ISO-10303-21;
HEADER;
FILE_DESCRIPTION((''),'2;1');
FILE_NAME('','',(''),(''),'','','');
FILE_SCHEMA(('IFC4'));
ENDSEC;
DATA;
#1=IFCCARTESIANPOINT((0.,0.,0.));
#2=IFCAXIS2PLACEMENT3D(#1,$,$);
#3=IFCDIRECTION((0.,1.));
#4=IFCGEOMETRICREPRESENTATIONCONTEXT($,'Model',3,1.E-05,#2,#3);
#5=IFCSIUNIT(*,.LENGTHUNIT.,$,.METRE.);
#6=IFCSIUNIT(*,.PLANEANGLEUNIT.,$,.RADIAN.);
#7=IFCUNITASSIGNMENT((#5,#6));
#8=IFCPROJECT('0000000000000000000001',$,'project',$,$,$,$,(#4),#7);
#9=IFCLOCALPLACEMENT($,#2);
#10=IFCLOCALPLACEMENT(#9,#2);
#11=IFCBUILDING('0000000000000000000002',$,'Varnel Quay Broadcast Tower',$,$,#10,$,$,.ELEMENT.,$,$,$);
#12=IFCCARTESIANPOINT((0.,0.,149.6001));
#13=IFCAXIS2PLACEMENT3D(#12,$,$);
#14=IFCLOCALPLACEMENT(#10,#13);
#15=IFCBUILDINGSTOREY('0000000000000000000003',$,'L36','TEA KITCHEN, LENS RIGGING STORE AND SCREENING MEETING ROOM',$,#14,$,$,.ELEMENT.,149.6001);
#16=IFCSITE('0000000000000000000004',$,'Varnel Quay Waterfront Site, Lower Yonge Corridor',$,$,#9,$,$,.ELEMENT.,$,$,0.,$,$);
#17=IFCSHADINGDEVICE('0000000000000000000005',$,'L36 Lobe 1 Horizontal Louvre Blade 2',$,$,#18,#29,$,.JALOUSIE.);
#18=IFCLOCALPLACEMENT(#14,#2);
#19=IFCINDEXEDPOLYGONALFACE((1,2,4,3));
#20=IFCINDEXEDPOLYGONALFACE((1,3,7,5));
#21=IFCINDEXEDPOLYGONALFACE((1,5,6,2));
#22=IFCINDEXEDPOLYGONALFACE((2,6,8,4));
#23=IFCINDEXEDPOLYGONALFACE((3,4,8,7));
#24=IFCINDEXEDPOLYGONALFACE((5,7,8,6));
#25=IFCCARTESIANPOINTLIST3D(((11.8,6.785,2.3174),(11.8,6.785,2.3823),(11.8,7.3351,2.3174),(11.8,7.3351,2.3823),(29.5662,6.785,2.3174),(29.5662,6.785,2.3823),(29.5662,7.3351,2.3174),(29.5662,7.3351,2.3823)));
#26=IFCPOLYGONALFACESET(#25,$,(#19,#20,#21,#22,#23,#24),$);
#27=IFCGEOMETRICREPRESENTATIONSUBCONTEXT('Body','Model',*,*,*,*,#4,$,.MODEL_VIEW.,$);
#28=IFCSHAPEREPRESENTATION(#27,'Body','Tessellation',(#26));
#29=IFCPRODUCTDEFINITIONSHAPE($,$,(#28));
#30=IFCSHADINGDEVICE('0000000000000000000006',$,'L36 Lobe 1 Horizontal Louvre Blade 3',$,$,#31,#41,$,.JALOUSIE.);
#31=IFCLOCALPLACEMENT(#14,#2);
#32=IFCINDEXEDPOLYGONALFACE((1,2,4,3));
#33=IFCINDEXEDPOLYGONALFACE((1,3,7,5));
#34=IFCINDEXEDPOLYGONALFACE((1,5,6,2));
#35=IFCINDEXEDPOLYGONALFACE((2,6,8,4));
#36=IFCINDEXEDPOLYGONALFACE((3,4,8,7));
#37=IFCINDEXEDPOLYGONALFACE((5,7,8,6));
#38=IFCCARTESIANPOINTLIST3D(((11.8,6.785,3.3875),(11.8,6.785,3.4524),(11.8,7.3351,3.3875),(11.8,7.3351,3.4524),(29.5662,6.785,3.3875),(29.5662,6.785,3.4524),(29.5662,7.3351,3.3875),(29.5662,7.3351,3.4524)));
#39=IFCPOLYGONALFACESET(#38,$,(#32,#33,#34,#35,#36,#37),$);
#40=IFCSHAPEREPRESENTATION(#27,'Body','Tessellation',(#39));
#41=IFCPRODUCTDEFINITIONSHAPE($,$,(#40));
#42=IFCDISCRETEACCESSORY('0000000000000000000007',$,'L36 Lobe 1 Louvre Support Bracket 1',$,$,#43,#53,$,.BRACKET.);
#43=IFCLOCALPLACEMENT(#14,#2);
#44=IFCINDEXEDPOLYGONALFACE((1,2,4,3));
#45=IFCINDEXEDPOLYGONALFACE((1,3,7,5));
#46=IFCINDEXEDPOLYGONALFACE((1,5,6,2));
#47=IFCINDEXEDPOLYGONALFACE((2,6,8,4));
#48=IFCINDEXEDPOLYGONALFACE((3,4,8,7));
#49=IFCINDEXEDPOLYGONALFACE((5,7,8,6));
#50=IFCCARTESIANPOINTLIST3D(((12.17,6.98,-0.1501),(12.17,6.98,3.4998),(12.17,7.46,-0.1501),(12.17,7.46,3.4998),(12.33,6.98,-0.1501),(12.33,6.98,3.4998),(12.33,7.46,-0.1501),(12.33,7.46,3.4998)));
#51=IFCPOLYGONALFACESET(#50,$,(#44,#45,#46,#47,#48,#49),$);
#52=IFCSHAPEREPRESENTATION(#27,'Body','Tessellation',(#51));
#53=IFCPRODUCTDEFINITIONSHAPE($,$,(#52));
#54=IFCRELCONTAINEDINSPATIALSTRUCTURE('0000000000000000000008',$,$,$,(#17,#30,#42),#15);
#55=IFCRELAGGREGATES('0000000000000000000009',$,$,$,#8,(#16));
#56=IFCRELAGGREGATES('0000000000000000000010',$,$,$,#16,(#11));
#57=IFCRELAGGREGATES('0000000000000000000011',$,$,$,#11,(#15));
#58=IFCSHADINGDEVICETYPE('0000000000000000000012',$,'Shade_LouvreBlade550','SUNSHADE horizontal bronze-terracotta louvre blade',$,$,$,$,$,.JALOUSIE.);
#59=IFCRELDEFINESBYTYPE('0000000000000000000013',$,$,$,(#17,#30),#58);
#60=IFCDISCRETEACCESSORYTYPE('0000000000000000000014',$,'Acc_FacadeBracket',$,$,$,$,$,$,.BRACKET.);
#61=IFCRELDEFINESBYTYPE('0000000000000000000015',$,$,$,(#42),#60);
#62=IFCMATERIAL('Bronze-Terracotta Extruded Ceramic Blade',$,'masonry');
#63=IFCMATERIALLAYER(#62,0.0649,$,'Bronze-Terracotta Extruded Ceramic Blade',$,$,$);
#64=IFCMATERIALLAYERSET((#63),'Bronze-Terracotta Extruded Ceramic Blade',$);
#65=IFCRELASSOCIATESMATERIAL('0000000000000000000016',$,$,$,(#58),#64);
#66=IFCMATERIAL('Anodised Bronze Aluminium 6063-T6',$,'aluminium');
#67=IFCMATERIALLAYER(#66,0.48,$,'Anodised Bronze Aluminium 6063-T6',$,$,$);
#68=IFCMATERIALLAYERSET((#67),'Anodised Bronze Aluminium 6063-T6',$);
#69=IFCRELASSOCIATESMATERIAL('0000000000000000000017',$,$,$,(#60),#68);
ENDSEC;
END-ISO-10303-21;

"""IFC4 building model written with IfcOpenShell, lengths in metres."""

from ifc_helpers import new_model, si_unit, direction, frame, origin, origin_2d, place, context, subcontext, project, spatial, rectangle, extrude, source, transform, mapped, material, layer, layer_set, type_object, type_shapes, element, save


model = new_model("IFC4")

# Units and contexts
model_context = context("Model", 3, precision=1e-05, world=origin(), true_north=direction((0.0, 1.0)))
body_context = subcontext(model_context, "Body", "Model", "MODEL_VIEW")
ifc_project = project(units=[si_unit("LENGTHUNIT", "METRE"), si_unit("PLANEANGLEUNIT", "RADIAN")], contexts=[model_context])

# Site, building, storey
site_placement = place(None, origin())
site = spatial("IfcSite", under=ifc_project, at=site_placement, Name="Varnel Quay Waterfront Site, Lower Yonge Corridor", CompositionType="ELEMENT", RefElevation=0.0)
building_placement = place(site_placement, origin())
building = spatial("IfcBuilding", under=site, at=building_placement, Name="Varnel Quay Broadcast Tower", CompositionType="ELEMENT")
storey_placement = place(building_placement, frame((0.0, 0.0, 149.6001)))
storey = spatial("IfcBuildingStorey", under=building, at=storey_placement, Name="L36", Description="TEA KITCHEN, LENS RIGGING STORE AND SCREENING MEETING ROOM", CompositionType="ELEMENT", Elevation=149.6001)

# Shared definitions
ifc_material_1 = material(Name="Anodised Bronze Aluminium 6063-T6", Category="aluminium")

# Shading devices
ifc_material_2 = material(Name="Bronze-Terracotta Extruded Ceramic Blade", Category="masonry")
ifc_layer_1 = layer(ifc_material_2, 0.0649, Name="Bronze-Terracotta Extruded Ceramic Blade")
ifc_layer_set_1 = layer_set([ifc_layer_1], Name="Bronze-Terracotta Extruded Ceramic Blade")
shading_device_type = type_object("IfcShadingDeviceType", Name="Shade_LouvreBlade550", Description="SUNSHADE horizontal bronze-terracotta louvre blade", PredefinedType="JALOUSIE", material=ifc_layer_set_1)
shared_shape_1 = source(origin(), body_context, "Body", "SweptSolid", [
    extrude(rectangle(XDim=17.7661, YDim=0.55, at=origin_2d()), origin(), (0.0, 0.0, 1.0), 0.0649),
])
type_shapes(shading_device_type, [shared_shape_1])
for number, where, z_axis, x_axis, name in (
    (1, (20.6831, 7.0601, 2.3174), (0.0, 0.0, 1.0), (1.0, 0.0, 0.0), "L36 Lobe 1 Horizontal Louvre Blade 2"),
    (2, (20.6831, 7.0601, 3.3875), (0.0, 0.0, 1.0), (1.0, 0.0, 0.0), "L36 Lobe 1 Horizontal Louvre Blade 3"),
):
    element("IfcShadingDevice", number, at=place(storey_placement, frame(where, z_axis=z_axis, x_axis=x_axis)), inside=storey, type_object=shading_device_type, Name=name, PredefinedType="JALOUSIE", context=body_context, shape_type="MappedRepresentation", body=[
        mapped(shared_shape_1, transform((0.0, 0.0, 0.0), x_axis=(1.0, 0.0, 0.0), y_axis=(0.0, 1.0, 0.0), z_axis=(0.0, 0.0, 1.0), scale=1.0)),
    ])

# Discrete accessory
ifc_layer_2 = layer(ifc_material_1, 0.48, Name="Anodised Bronze Aluminium 6063-T6")
ifc_layer_set_2 = layer_set([ifc_layer_2], Name="Anodised Bronze Aluminium 6063-T6")
discrete_accessory_type = type_object("IfcDiscreteAccessoryType", Name="Acc_FacadeBracket", PredefinedType="BRACKET", material=ifc_layer_set_2)
shared_shape_2 = source(origin(), body_context, "Body", "SweptSolid", [
    extrude(rectangle(XDim=0.1599, YDim=0.48, at=origin_2d()), origin(), (0.0, 0.0, 1.0), 3.6499),
])
type_shapes(discrete_accessory_type, [shared_shape_2])
discrete_accessory_placement = place(storey_placement, frame((12.25, 7.22, -0.1501), z_axis=(0.0, 0.0, 1.0), x_axis=(1.0, 0.0, 0.0)))
element("IfcDiscreteAccessory", 3, at=discrete_accessory_placement, inside=storey, type_object=discrete_accessory_type, Name="L36 Lobe 1 Louvre Support Bracket 1", PredefinedType="BRACKET", context=body_context, shape_type="MappedRepresentation", body=[
    mapped(shared_shape_2, transform((0.0, 0.0, 0.0), x_axis=(1.0, 0.0, 0.0), y_axis=(0.0, 1.0, 0.0), z_axis=(0.0, 0.0, 1.0), scale=1.0)),
])

save(model, "model.ifc")
